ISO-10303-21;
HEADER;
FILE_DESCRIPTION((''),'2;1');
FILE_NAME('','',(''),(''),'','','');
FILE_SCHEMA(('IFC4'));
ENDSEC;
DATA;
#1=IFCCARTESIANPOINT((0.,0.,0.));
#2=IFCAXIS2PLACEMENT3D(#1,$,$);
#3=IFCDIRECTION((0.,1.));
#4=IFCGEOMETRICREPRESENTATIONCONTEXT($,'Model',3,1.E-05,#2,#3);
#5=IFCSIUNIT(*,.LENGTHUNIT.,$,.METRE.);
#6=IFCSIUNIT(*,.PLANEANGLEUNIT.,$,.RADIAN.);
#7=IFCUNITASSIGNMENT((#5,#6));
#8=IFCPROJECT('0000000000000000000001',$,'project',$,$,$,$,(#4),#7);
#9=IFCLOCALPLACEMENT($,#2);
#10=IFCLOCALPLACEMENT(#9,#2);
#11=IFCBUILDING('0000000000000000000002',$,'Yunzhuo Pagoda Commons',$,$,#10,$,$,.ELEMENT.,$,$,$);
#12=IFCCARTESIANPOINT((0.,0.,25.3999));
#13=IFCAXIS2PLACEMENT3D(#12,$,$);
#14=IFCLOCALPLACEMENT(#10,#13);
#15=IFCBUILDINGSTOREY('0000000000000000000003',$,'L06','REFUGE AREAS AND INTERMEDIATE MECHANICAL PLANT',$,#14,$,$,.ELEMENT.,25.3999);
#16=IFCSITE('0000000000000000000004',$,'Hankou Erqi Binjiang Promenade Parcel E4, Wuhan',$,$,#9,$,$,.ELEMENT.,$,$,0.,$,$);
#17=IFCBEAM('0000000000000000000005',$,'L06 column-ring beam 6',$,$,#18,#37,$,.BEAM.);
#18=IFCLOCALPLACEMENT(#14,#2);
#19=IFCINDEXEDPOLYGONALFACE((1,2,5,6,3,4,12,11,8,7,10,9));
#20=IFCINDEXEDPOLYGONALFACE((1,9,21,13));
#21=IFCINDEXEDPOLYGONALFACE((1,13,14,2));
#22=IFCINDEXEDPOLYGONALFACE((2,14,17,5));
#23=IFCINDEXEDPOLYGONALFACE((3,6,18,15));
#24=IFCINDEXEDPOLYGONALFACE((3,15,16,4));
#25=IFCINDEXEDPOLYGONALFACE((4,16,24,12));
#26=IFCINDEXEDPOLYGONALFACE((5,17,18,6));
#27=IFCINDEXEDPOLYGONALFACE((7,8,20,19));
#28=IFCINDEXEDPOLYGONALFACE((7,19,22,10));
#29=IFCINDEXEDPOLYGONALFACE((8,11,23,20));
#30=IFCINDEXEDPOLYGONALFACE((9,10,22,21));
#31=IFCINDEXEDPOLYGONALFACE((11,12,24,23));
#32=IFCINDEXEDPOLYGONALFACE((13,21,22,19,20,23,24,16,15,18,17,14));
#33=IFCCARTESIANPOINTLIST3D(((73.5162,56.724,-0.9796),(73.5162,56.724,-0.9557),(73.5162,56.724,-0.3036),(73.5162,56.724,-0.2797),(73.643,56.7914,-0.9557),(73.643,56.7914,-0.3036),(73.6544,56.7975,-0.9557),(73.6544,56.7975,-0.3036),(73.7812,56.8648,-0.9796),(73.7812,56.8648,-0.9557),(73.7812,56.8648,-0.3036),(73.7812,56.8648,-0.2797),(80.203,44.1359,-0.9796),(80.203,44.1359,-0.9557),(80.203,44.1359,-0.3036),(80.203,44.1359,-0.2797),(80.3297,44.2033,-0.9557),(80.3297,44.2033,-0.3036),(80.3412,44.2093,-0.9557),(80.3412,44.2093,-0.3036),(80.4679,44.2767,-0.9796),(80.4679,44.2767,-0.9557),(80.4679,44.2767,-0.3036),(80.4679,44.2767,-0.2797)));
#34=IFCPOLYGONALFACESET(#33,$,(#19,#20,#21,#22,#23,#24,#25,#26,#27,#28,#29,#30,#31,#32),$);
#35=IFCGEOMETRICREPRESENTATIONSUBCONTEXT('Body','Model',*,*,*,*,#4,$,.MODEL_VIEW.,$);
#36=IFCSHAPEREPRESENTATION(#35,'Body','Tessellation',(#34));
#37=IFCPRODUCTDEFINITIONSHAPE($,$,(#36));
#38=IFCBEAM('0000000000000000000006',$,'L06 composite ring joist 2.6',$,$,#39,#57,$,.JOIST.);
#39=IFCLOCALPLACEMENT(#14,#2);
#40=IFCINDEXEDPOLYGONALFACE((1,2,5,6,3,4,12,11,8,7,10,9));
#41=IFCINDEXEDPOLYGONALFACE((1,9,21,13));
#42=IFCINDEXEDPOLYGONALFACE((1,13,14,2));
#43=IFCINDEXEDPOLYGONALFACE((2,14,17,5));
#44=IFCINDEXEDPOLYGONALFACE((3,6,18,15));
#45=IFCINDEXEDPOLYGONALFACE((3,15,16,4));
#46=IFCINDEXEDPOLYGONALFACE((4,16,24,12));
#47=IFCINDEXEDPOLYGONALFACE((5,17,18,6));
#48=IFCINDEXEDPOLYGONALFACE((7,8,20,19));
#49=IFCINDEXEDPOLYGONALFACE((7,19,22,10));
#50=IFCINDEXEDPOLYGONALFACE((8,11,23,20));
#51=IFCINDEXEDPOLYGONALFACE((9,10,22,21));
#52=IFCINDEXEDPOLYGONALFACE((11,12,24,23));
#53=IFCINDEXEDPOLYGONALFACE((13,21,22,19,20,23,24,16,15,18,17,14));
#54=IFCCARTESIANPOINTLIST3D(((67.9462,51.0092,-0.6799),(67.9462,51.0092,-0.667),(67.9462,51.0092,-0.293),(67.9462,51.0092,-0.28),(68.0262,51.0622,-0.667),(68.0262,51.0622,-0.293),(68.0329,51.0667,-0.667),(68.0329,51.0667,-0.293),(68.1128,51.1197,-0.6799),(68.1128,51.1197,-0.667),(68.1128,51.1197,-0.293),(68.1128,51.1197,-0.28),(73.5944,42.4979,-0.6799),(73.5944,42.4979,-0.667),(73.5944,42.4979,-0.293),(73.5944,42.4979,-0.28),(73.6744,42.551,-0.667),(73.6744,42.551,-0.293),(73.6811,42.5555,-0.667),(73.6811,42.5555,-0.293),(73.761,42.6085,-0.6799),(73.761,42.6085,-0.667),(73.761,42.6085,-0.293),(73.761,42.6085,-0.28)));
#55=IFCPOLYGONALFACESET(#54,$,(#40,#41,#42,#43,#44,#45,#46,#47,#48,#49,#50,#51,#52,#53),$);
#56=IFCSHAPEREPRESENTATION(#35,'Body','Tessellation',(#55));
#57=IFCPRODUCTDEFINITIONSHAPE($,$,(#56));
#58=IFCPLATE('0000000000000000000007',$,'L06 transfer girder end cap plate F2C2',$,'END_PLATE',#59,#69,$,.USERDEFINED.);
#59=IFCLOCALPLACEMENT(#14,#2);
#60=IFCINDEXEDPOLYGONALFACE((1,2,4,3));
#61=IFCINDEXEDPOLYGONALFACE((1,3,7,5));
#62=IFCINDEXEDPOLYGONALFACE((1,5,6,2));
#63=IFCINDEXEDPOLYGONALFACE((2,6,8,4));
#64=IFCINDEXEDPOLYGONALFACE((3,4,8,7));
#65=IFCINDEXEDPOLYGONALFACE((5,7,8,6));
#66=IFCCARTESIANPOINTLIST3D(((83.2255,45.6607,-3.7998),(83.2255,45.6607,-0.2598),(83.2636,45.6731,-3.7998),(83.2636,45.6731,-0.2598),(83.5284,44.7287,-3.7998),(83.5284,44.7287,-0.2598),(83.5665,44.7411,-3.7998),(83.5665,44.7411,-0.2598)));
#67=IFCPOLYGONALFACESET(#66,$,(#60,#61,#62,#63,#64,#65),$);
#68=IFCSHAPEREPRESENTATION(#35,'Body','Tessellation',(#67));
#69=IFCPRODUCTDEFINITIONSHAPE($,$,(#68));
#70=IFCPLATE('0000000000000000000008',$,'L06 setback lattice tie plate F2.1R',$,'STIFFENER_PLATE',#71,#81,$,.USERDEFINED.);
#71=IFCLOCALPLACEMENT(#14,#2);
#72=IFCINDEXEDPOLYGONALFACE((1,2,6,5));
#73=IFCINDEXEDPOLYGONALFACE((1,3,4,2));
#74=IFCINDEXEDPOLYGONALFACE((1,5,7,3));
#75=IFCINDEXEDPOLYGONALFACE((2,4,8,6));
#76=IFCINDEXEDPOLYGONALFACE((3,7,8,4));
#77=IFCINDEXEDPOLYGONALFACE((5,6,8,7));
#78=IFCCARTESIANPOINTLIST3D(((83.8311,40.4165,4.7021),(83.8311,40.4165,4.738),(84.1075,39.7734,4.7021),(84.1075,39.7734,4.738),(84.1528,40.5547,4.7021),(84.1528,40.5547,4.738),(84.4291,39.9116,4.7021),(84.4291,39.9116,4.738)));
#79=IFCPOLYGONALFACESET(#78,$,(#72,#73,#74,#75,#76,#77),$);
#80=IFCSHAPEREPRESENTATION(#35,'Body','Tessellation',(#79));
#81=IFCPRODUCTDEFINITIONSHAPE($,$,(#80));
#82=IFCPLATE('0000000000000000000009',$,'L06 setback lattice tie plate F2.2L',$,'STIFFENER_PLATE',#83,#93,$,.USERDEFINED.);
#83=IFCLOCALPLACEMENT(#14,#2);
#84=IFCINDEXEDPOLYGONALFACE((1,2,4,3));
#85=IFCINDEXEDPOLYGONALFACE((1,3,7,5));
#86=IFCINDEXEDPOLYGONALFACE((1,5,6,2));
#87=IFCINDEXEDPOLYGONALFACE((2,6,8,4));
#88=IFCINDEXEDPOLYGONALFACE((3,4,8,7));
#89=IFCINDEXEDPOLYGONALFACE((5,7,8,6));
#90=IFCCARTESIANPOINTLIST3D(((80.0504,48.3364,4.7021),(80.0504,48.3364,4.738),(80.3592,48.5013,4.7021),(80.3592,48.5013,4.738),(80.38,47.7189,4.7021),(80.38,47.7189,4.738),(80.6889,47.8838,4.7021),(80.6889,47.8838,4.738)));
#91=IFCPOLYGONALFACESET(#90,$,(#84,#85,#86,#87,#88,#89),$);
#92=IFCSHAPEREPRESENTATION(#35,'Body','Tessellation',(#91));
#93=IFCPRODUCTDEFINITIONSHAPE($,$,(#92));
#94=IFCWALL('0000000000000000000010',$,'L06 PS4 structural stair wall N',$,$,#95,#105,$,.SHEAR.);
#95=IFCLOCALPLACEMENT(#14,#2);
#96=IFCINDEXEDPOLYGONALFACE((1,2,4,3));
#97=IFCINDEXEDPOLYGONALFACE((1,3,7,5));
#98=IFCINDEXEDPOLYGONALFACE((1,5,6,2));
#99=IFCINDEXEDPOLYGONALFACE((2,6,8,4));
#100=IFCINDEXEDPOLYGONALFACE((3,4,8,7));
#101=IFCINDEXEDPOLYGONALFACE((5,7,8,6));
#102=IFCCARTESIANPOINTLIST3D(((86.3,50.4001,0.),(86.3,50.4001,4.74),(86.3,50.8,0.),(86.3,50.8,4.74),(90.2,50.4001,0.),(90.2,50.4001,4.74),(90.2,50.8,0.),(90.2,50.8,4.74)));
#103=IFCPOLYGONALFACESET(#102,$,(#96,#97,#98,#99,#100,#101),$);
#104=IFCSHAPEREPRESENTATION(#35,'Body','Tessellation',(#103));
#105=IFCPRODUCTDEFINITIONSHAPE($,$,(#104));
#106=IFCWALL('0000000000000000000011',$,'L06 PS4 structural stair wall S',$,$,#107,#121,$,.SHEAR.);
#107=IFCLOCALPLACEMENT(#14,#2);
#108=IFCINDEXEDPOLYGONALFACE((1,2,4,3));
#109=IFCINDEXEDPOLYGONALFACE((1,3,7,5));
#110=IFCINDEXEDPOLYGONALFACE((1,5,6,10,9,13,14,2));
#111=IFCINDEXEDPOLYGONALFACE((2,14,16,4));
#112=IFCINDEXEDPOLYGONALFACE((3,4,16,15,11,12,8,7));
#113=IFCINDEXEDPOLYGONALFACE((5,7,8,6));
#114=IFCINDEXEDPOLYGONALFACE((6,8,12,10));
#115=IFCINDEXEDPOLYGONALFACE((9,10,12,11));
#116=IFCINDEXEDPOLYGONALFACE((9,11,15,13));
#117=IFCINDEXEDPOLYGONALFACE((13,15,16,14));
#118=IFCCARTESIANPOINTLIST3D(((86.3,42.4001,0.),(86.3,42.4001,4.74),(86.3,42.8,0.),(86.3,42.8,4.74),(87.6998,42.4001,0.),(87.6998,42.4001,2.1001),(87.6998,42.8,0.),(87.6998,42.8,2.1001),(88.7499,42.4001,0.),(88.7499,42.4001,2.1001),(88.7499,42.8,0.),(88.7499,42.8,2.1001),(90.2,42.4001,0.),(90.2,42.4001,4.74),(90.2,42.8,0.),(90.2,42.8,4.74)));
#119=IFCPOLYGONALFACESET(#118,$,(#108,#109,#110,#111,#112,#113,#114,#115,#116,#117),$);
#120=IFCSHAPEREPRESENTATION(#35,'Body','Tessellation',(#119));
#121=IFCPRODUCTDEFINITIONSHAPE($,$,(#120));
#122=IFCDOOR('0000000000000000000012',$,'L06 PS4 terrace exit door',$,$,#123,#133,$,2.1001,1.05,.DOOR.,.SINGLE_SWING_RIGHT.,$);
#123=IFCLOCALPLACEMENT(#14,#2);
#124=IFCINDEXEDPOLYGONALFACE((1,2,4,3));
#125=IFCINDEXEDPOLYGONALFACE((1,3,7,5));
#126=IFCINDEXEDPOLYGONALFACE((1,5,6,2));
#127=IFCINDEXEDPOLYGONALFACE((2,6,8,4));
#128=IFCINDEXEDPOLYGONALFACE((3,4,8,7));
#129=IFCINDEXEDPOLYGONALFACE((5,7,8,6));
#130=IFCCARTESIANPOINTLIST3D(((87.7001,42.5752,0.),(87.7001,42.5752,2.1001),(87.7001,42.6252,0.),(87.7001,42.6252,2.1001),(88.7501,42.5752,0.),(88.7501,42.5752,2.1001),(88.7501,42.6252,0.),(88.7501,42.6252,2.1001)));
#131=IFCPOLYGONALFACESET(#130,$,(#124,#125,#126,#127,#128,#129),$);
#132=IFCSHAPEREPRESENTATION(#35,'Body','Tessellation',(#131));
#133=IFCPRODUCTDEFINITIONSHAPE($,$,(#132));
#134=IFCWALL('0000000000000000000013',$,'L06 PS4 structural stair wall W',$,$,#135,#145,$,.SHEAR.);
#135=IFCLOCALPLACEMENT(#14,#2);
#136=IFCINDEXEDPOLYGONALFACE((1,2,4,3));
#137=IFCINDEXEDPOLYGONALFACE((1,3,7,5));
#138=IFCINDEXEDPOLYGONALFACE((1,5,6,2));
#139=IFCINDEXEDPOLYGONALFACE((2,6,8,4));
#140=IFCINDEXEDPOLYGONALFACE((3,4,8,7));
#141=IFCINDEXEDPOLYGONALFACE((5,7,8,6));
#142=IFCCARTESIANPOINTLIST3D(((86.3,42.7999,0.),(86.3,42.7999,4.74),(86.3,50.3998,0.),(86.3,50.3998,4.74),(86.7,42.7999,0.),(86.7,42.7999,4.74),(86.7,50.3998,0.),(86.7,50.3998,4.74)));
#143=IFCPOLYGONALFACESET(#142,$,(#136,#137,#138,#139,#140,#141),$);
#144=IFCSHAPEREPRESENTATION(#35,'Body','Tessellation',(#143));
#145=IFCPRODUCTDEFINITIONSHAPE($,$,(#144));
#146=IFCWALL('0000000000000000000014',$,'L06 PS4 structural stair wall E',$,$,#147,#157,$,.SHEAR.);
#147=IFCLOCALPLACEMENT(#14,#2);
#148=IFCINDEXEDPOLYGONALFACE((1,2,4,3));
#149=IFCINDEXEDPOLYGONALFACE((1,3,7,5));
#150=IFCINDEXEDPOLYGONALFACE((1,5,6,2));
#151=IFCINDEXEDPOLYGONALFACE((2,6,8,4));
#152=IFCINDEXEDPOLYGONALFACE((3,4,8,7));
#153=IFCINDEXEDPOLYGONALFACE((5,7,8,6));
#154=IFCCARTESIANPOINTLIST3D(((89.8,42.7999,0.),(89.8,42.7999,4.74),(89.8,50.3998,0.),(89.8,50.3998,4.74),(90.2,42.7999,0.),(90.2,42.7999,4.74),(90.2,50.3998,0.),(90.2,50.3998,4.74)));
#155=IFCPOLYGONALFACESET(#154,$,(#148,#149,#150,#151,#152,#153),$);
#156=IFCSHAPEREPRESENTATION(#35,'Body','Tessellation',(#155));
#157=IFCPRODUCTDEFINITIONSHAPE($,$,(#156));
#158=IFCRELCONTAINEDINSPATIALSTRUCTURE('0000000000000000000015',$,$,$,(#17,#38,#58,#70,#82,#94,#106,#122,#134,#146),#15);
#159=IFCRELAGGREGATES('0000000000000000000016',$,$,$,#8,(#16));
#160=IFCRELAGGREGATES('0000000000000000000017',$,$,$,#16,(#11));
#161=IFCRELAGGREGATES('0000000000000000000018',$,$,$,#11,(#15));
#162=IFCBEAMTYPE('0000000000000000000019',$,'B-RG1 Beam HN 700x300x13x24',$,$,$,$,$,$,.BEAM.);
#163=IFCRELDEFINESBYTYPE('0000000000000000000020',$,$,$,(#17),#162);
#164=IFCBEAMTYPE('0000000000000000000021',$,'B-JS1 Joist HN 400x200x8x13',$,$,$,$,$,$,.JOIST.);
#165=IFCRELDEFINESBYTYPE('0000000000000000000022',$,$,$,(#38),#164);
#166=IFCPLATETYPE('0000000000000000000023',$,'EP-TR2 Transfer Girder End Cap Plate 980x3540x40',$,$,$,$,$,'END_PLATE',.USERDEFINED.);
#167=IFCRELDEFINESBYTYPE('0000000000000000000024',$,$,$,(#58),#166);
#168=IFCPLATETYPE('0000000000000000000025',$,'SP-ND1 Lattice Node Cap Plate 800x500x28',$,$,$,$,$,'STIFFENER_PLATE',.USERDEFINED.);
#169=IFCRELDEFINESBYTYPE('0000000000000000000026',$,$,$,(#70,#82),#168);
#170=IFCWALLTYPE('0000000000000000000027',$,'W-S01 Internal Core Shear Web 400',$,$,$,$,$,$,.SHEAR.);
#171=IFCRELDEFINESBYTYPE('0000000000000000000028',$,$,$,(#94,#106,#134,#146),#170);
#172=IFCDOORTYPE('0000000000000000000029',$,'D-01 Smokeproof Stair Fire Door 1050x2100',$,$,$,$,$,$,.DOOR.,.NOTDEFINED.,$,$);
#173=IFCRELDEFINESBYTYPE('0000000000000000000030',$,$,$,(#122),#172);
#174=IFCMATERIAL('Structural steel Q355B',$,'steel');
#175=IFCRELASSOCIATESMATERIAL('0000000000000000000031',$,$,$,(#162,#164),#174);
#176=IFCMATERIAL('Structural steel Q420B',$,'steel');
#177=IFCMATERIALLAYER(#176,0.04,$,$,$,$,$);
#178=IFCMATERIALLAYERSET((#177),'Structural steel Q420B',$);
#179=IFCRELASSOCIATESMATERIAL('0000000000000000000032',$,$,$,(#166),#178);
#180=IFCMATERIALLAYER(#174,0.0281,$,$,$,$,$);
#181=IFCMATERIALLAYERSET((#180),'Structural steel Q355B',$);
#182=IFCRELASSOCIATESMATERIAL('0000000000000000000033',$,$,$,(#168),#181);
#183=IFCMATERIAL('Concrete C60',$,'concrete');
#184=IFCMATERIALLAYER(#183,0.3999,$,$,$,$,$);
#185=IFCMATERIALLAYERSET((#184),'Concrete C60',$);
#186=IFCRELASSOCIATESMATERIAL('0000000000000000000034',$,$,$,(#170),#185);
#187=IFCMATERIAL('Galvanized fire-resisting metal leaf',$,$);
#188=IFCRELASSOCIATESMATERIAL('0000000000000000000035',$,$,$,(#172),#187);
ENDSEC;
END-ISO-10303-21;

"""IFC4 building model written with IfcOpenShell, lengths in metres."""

from ifc_helpers import new_model, si_unit, direction, frame, frame_2d, origin, origin_2d, place, context, subcontext, project, spatial, rectangle, i_section, extrude, source, transform, mapped, material, layer, layer_set, material_profile, profile_set, type_object, element, fill, save


model = new_model("IFC4")

# Units and contexts
model_context = context("Model", 3, precision=1e-05, world=origin(), true_north=direction((0.0, 1.0)))
body_context = subcontext(model_context, "Body", "Model", "MODEL_VIEW")
ifc_project = project(units=[si_unit("LENGTHUNIT", "METRE"), si_unit("PLANEANGLEUNIT", "RADIAN")], contexts=[model_context])

# Site, building, storey
site_placement = place(None, origin())
site = spatial("IfcSite", under=ifc_project, at=site_placement, Name="Hankou Erqi Binjiang Promenade Parcel E4, Wuhan", CompositionType="ELEMENT", RefElevation=0.0)
building_placement = place(site_placement, origin())
building = spatial("IfcBuilding", under=site, at=building_placement, Name="Yunzhuo Pagoda Commons", CompositionType="ELEMENT")
storey_placement = place(building_placement, frame((0.0, 0.0, 25.3999)))
storey = spatial("IfcBuildingStorey", under=building, at=storey_placement, Name="L06", Description="REFUGE AREAS AND INTERMEDIATE MECHANICAL PLANT", CompositionType="ELEMENT", Elevation=25.3999)

# Shared definitions
ifc_material_1 = material(Name="Structural steel Q420B", Category="steel")

# Beams
ifc_material_2 = material(Name="Structural steel Q355B", Category="steel")
ifc_material_profile_1 = material_profile(ifc_material_2, i_section(OverallWidth=0.3, OverallDepth=0.7, WebThickness=0.0129, FlangeThickness=0.0239, at=origin_2d()), Name="Structural steel Q355B")
ifc_profile_set_1 = profile_set([ifc_material_profile_1], Name="Structural steel Q355B")
beam_type_1 = type_object("IfcBeamType", Name="B-RG1 Beam HN 700x300x13x24", PredefinedType="BEAM", material=ifc_profile_set_1)
shared_shape_1 = source(origin(), body_context, "Body", "SweptSolid", [
    extrude(i_section(OverallWidth=0.3, OverallDepth=0.7, WebThickness=0.0129, FlangeThickness=0.0239, at=origin_2d()), origin(), (0.0, 0.0, 1.0), 14.2539),
])
beam_1_placement = place(storey_placement, frame((80.3354, 44.2063, -0.6296), z_axis=(-0.469118, 0.883135, 0.0), x_axis=(-0.883135, -0.469118, 0.0)))
element("IfcBeam", 1, at=beam_1_placement, inside=storey, type_object=beam_type_1, Name="L06 column-ring beam 6", PredefinedType="BEAM", context=body_context, shape_type="MappedRepresentation", body=[
    mapped(shared_shape_1, transform((0.0, 0.0, 0.0), scale=1.0)),
])
ifc_material_profile_2 = material_profile(ifc_material_2, i_section(OverallWidth=0.2, OverallDepth=0.3999, WebThickness=0.0081, FlangeThickness=0.0129, at=origin_2d()), Name="Structural steel Q355B")
ifc_profile_set_2 = profile_set([ifc_material_profile_2], Name="Structural steel Q355B")
beam_type_2 = type_object("IfcBeamType", Name="B-JS1 Joist HN 400x200x8x13", PredefinedType="JOIST", material=ifc_profile_set_2)
shared_shape_2 = source(origin(), body_context, "Body", "SweptSolid", [
    extrude(i_section(OverallWidth=0.2, OverallDepth=0.3999, WebThickness=0.0081, FlangeThickness=0.0129, at=origin_2d()), origin(), (0.0, 0.0, 1.0), 10.2148),
])
beam_2_placement = place(storey_placement, frame((73.6777, 42.5532, -0.48), z_axis=(-0.55294, 0.833221, 0.0), x_axis=(-0.833221, -0.55294, 0.0)))
element("IfcBeam", 2, at=beam_2_placement, inside=storey, type_object=beam_type_2, Name="L06 composite ring joist 2.6", PredefinedType="JOIST", context=body_context, shape_type="MappedRepresentation", body=[
    mapped(shared_shape_2, transform((0.0, 0.0, 0.0), scale=1.0)),
])

# Plates
ifc_layer_1 = layer(ifc_material_1, 0.04)
ifc_layer_set_1 = layer_set([ifc_layer_1], Name="Structural steel Q420B")
plate_type_1 = type_object("IfcPlateType", Name="EP-TR2 Transfer Girder End Cap Plate 980x3540x40", ElementType="END_PLATE", PredefinedType="USERDEFINED", material=ifc_layer_set_1)
shared_shape_3 = source(origin(), body_context, "Body", "SweptSolid", [
    extrude(rectangle(XDim=0.98, YDim=0.04, at=origin_2d()), origin(), (0.0, 0.0, 1.0), 3.54),
])
plate_placement = place(storey_placement, frame((83.396, 45.2009, -3.7998), z_axis=(0.0, 0.0, 1.0), x_axis=(-0.309017, 0.951057, 0.0)))
element("IfcPlate", 3, at=plate_placement, inside=storey, type_object=plate_type_1, Name="L06 transfer girder end cap plate F2C2", ObjectType="END_PLATE", PredefinedType="USERDEFINED", context=body_context, shape_type="MappedRepresentation", body=[
    mapped(shared_shape_3, transform((0.0, 0.0, 0.0), scale=1.0)),
])
ifc_layer_2 = layer(ifc_material_2, 0.0281)
ifc_layer_set_2 = layer_set([ifc_layer_2], Name="Structural steel Q355B")
plate_type_2 = type_object("IfcPlateType", Name="SP-ND1 Lattice Node Cap Plate 800x500x28", ElementType="STIFFENER_PLATE", PredefinedType="USERDEFINED", material=ifc_layer_set_2)
shared_shape_4 = source(origin(), body_context, "Body", "SweptSolid", [
    extrude(rectangle(XDim=0.7, YDim=0.3501, at=origin_2d()), origin(), (0.0, 0.0, 1.0), 0.0359),
])
for number, where, z_axis, x_axis, name in (
    (4, (84.1301, 40.1641, 4.7021), (0.0, 0.0, 1.0), (-0.394856, 0.918743, 0.0), "L06 setback lattice tie plate F2.1R"),
    (5, (80.3696, 48.1101, 4.7021), (0.0, 0.0, 1.0), (-0.470981, 0.882143, 0.0), "L06 setback lattice tie plate F2.2L"),
):
    element("IfcPlate", number, at=place(storey_placement, frame(where, z_axis=z_axis, x_axis=x_axis)), inside=storey, type_object=plate_type_2, Name=name, ObjectType="STIFFENER_PLATE", PredefinedType="USERDEFINED", context=body_context, shape_type="MappedRepresentation", body=[
        mapped(shared_shape_4, transform((0.0, 0.0, 0.0), scale=1.0)),
    ])

# Wall
ifc_material_3 = material(Name="Concrete C60", Category="concrete")
ifc_layer_3 = layer(ifc_material_3, 0.3999)
ifc_layer_set_3 = layer_set([ifc_layer_3], Name="Concrete C60")
wall_type = type_object("IfcWallType", Name="W-S01 Internal Core Shear Web 400", PredefinedType="SHEAR", material=ifc_layer_set_3)
wall_1_placement = place(storey_placement, frame((86.3, 50.6001, 0.0), z_axis=(0.0, 0.0, 1.0), x_axis=(1.0, 0.0, 0.0)))
element("IfcWall", 6, at=wall_1_placement, inside=storey, type_object=wall_type, Name="L06 PS4 structural stair wall N", PredefinedType="SHEAR", context=body_context, shape_type="SweptSolid", body=[
    extrude(rectangle(XDim=3.8999, YDim=0.3999, at=frame_2d((1.95, 0.0))), origin(), (0.0, 0.0, 1.0), 4.74),
])

# Wall, opening, door
wall_2_placement = place(storey_placement, frame((86.3, 42.6001, 0.0), z_axis=(0.0, 0.0, 1.0), x_axis=(1.0, 0.0, 0.0)))
wall_2 = element("IfcWall", 7, at=wall_2_placement, inside=storey, type_object=wall_type, Name="L06 PS4 structural stair wall S", PredefinedType="SHEAR", context=body_context, shape_type="SweptSolid", body=[
    extrude(rectangle(XDim=3.8999, YDim=0.3999, at=frame_2d((1.95, 0.0))), origin(), (0.0, 0.0, 1.0), 4.74),
])
opening_placement = place(wall_2_placement, frame((1.3999, 0.0, 0.0)))
opening = element("IfcOpeningElement", 8, at=opening_placement, cuts=wall_2, PredefinedType="OPENING", context=body_context, shape_type="SweptSolid", body=[
    extrude(rectangle(XDim=1.05, YDim=2.1001, at=frame_2d((0.5249, 1.05))), frame((0.0, 0.21, 0.0), z_axis=(0.0, -1.0, 0.0), x_axis=(1.0, 0.0, 0.0)), (0.0, 0.0, 1.0), 0.4199),
])
ifc_material_4 = material(Name="Galvanized fire-resisting metal leaf")
door_type = type_object("IfcDoorType", Name="D-01 Smokeproof Stair Fire Door 1050x2100", OperationType="NOTDEFINED", PredefinedType="DOOR", material=ifc_material_4)
shared_shape_5 = source(origin(), body_context, "Body", "SweptSolid", [
    extrude(rectangle(XDim=1.05, YDim=2.1001, at=frame_2d((0.5249, 1.05))), frame((0.0, 0.0249, 0.0), z_axis=(0.0, -1.0, 0.0), x_axis=(1.0, 0.0, 0.0)), (0.0, 0.0, 1.0), 0.05),
])
door_placement = place(opening_placement, frame((1.05, 0.0, 0.0), z_axis=(0.0, 0.0, 1.0), x_axis=(-1.0, 0.0, 0.0)))
door = element("IfcDoor", 9, at=door_placement, inside=storey, type_object=door_type, Name="L06 PS4 terrace exit door", OperationType="SINGLE_SWING_RIGHT", OverallHeight=2.1001, OverallWidth=1.05, PredefinedType="DOOR", context=body_context, shape_type="MappedRepresentation", body=[
    mapped(shared_shape_5, transform((0.0, 0.0, 0.0), scale=1.0)),
])
fill(opening, door)

# Walls
for number, where, z_axis, x_axis, name in (
    (10, (86.5, 42.8, 0.0), (0.0, 0.0, 1.0), (0.0, 1.0, 0.0), "L06 PS4 structural stair wall W"),
    (11, (90.0, 42.8, 0.0), (0.0, 0.0, 1.0), (0.0, 1.0, 0.0), "L06 PS4 structural stair wall E"),
):
    element("IfcWall", number, at=place(storey_placement, frame(where, z_axis=z_axis, x_axis=x_axis)), inside=storey, type_object=wall_type, Name=name, PredefinedType="SHEAR", context=body_context, shape_type="SweptSolid", body=[
        extrude(rectangle(XDim=7.5999, YDim=0.3999, at=frame_2d((3.7998, 0.0))), origin(), (0.0, 0.0, 1.0), 4.74),
    ])

save(model, "model.ifc")
